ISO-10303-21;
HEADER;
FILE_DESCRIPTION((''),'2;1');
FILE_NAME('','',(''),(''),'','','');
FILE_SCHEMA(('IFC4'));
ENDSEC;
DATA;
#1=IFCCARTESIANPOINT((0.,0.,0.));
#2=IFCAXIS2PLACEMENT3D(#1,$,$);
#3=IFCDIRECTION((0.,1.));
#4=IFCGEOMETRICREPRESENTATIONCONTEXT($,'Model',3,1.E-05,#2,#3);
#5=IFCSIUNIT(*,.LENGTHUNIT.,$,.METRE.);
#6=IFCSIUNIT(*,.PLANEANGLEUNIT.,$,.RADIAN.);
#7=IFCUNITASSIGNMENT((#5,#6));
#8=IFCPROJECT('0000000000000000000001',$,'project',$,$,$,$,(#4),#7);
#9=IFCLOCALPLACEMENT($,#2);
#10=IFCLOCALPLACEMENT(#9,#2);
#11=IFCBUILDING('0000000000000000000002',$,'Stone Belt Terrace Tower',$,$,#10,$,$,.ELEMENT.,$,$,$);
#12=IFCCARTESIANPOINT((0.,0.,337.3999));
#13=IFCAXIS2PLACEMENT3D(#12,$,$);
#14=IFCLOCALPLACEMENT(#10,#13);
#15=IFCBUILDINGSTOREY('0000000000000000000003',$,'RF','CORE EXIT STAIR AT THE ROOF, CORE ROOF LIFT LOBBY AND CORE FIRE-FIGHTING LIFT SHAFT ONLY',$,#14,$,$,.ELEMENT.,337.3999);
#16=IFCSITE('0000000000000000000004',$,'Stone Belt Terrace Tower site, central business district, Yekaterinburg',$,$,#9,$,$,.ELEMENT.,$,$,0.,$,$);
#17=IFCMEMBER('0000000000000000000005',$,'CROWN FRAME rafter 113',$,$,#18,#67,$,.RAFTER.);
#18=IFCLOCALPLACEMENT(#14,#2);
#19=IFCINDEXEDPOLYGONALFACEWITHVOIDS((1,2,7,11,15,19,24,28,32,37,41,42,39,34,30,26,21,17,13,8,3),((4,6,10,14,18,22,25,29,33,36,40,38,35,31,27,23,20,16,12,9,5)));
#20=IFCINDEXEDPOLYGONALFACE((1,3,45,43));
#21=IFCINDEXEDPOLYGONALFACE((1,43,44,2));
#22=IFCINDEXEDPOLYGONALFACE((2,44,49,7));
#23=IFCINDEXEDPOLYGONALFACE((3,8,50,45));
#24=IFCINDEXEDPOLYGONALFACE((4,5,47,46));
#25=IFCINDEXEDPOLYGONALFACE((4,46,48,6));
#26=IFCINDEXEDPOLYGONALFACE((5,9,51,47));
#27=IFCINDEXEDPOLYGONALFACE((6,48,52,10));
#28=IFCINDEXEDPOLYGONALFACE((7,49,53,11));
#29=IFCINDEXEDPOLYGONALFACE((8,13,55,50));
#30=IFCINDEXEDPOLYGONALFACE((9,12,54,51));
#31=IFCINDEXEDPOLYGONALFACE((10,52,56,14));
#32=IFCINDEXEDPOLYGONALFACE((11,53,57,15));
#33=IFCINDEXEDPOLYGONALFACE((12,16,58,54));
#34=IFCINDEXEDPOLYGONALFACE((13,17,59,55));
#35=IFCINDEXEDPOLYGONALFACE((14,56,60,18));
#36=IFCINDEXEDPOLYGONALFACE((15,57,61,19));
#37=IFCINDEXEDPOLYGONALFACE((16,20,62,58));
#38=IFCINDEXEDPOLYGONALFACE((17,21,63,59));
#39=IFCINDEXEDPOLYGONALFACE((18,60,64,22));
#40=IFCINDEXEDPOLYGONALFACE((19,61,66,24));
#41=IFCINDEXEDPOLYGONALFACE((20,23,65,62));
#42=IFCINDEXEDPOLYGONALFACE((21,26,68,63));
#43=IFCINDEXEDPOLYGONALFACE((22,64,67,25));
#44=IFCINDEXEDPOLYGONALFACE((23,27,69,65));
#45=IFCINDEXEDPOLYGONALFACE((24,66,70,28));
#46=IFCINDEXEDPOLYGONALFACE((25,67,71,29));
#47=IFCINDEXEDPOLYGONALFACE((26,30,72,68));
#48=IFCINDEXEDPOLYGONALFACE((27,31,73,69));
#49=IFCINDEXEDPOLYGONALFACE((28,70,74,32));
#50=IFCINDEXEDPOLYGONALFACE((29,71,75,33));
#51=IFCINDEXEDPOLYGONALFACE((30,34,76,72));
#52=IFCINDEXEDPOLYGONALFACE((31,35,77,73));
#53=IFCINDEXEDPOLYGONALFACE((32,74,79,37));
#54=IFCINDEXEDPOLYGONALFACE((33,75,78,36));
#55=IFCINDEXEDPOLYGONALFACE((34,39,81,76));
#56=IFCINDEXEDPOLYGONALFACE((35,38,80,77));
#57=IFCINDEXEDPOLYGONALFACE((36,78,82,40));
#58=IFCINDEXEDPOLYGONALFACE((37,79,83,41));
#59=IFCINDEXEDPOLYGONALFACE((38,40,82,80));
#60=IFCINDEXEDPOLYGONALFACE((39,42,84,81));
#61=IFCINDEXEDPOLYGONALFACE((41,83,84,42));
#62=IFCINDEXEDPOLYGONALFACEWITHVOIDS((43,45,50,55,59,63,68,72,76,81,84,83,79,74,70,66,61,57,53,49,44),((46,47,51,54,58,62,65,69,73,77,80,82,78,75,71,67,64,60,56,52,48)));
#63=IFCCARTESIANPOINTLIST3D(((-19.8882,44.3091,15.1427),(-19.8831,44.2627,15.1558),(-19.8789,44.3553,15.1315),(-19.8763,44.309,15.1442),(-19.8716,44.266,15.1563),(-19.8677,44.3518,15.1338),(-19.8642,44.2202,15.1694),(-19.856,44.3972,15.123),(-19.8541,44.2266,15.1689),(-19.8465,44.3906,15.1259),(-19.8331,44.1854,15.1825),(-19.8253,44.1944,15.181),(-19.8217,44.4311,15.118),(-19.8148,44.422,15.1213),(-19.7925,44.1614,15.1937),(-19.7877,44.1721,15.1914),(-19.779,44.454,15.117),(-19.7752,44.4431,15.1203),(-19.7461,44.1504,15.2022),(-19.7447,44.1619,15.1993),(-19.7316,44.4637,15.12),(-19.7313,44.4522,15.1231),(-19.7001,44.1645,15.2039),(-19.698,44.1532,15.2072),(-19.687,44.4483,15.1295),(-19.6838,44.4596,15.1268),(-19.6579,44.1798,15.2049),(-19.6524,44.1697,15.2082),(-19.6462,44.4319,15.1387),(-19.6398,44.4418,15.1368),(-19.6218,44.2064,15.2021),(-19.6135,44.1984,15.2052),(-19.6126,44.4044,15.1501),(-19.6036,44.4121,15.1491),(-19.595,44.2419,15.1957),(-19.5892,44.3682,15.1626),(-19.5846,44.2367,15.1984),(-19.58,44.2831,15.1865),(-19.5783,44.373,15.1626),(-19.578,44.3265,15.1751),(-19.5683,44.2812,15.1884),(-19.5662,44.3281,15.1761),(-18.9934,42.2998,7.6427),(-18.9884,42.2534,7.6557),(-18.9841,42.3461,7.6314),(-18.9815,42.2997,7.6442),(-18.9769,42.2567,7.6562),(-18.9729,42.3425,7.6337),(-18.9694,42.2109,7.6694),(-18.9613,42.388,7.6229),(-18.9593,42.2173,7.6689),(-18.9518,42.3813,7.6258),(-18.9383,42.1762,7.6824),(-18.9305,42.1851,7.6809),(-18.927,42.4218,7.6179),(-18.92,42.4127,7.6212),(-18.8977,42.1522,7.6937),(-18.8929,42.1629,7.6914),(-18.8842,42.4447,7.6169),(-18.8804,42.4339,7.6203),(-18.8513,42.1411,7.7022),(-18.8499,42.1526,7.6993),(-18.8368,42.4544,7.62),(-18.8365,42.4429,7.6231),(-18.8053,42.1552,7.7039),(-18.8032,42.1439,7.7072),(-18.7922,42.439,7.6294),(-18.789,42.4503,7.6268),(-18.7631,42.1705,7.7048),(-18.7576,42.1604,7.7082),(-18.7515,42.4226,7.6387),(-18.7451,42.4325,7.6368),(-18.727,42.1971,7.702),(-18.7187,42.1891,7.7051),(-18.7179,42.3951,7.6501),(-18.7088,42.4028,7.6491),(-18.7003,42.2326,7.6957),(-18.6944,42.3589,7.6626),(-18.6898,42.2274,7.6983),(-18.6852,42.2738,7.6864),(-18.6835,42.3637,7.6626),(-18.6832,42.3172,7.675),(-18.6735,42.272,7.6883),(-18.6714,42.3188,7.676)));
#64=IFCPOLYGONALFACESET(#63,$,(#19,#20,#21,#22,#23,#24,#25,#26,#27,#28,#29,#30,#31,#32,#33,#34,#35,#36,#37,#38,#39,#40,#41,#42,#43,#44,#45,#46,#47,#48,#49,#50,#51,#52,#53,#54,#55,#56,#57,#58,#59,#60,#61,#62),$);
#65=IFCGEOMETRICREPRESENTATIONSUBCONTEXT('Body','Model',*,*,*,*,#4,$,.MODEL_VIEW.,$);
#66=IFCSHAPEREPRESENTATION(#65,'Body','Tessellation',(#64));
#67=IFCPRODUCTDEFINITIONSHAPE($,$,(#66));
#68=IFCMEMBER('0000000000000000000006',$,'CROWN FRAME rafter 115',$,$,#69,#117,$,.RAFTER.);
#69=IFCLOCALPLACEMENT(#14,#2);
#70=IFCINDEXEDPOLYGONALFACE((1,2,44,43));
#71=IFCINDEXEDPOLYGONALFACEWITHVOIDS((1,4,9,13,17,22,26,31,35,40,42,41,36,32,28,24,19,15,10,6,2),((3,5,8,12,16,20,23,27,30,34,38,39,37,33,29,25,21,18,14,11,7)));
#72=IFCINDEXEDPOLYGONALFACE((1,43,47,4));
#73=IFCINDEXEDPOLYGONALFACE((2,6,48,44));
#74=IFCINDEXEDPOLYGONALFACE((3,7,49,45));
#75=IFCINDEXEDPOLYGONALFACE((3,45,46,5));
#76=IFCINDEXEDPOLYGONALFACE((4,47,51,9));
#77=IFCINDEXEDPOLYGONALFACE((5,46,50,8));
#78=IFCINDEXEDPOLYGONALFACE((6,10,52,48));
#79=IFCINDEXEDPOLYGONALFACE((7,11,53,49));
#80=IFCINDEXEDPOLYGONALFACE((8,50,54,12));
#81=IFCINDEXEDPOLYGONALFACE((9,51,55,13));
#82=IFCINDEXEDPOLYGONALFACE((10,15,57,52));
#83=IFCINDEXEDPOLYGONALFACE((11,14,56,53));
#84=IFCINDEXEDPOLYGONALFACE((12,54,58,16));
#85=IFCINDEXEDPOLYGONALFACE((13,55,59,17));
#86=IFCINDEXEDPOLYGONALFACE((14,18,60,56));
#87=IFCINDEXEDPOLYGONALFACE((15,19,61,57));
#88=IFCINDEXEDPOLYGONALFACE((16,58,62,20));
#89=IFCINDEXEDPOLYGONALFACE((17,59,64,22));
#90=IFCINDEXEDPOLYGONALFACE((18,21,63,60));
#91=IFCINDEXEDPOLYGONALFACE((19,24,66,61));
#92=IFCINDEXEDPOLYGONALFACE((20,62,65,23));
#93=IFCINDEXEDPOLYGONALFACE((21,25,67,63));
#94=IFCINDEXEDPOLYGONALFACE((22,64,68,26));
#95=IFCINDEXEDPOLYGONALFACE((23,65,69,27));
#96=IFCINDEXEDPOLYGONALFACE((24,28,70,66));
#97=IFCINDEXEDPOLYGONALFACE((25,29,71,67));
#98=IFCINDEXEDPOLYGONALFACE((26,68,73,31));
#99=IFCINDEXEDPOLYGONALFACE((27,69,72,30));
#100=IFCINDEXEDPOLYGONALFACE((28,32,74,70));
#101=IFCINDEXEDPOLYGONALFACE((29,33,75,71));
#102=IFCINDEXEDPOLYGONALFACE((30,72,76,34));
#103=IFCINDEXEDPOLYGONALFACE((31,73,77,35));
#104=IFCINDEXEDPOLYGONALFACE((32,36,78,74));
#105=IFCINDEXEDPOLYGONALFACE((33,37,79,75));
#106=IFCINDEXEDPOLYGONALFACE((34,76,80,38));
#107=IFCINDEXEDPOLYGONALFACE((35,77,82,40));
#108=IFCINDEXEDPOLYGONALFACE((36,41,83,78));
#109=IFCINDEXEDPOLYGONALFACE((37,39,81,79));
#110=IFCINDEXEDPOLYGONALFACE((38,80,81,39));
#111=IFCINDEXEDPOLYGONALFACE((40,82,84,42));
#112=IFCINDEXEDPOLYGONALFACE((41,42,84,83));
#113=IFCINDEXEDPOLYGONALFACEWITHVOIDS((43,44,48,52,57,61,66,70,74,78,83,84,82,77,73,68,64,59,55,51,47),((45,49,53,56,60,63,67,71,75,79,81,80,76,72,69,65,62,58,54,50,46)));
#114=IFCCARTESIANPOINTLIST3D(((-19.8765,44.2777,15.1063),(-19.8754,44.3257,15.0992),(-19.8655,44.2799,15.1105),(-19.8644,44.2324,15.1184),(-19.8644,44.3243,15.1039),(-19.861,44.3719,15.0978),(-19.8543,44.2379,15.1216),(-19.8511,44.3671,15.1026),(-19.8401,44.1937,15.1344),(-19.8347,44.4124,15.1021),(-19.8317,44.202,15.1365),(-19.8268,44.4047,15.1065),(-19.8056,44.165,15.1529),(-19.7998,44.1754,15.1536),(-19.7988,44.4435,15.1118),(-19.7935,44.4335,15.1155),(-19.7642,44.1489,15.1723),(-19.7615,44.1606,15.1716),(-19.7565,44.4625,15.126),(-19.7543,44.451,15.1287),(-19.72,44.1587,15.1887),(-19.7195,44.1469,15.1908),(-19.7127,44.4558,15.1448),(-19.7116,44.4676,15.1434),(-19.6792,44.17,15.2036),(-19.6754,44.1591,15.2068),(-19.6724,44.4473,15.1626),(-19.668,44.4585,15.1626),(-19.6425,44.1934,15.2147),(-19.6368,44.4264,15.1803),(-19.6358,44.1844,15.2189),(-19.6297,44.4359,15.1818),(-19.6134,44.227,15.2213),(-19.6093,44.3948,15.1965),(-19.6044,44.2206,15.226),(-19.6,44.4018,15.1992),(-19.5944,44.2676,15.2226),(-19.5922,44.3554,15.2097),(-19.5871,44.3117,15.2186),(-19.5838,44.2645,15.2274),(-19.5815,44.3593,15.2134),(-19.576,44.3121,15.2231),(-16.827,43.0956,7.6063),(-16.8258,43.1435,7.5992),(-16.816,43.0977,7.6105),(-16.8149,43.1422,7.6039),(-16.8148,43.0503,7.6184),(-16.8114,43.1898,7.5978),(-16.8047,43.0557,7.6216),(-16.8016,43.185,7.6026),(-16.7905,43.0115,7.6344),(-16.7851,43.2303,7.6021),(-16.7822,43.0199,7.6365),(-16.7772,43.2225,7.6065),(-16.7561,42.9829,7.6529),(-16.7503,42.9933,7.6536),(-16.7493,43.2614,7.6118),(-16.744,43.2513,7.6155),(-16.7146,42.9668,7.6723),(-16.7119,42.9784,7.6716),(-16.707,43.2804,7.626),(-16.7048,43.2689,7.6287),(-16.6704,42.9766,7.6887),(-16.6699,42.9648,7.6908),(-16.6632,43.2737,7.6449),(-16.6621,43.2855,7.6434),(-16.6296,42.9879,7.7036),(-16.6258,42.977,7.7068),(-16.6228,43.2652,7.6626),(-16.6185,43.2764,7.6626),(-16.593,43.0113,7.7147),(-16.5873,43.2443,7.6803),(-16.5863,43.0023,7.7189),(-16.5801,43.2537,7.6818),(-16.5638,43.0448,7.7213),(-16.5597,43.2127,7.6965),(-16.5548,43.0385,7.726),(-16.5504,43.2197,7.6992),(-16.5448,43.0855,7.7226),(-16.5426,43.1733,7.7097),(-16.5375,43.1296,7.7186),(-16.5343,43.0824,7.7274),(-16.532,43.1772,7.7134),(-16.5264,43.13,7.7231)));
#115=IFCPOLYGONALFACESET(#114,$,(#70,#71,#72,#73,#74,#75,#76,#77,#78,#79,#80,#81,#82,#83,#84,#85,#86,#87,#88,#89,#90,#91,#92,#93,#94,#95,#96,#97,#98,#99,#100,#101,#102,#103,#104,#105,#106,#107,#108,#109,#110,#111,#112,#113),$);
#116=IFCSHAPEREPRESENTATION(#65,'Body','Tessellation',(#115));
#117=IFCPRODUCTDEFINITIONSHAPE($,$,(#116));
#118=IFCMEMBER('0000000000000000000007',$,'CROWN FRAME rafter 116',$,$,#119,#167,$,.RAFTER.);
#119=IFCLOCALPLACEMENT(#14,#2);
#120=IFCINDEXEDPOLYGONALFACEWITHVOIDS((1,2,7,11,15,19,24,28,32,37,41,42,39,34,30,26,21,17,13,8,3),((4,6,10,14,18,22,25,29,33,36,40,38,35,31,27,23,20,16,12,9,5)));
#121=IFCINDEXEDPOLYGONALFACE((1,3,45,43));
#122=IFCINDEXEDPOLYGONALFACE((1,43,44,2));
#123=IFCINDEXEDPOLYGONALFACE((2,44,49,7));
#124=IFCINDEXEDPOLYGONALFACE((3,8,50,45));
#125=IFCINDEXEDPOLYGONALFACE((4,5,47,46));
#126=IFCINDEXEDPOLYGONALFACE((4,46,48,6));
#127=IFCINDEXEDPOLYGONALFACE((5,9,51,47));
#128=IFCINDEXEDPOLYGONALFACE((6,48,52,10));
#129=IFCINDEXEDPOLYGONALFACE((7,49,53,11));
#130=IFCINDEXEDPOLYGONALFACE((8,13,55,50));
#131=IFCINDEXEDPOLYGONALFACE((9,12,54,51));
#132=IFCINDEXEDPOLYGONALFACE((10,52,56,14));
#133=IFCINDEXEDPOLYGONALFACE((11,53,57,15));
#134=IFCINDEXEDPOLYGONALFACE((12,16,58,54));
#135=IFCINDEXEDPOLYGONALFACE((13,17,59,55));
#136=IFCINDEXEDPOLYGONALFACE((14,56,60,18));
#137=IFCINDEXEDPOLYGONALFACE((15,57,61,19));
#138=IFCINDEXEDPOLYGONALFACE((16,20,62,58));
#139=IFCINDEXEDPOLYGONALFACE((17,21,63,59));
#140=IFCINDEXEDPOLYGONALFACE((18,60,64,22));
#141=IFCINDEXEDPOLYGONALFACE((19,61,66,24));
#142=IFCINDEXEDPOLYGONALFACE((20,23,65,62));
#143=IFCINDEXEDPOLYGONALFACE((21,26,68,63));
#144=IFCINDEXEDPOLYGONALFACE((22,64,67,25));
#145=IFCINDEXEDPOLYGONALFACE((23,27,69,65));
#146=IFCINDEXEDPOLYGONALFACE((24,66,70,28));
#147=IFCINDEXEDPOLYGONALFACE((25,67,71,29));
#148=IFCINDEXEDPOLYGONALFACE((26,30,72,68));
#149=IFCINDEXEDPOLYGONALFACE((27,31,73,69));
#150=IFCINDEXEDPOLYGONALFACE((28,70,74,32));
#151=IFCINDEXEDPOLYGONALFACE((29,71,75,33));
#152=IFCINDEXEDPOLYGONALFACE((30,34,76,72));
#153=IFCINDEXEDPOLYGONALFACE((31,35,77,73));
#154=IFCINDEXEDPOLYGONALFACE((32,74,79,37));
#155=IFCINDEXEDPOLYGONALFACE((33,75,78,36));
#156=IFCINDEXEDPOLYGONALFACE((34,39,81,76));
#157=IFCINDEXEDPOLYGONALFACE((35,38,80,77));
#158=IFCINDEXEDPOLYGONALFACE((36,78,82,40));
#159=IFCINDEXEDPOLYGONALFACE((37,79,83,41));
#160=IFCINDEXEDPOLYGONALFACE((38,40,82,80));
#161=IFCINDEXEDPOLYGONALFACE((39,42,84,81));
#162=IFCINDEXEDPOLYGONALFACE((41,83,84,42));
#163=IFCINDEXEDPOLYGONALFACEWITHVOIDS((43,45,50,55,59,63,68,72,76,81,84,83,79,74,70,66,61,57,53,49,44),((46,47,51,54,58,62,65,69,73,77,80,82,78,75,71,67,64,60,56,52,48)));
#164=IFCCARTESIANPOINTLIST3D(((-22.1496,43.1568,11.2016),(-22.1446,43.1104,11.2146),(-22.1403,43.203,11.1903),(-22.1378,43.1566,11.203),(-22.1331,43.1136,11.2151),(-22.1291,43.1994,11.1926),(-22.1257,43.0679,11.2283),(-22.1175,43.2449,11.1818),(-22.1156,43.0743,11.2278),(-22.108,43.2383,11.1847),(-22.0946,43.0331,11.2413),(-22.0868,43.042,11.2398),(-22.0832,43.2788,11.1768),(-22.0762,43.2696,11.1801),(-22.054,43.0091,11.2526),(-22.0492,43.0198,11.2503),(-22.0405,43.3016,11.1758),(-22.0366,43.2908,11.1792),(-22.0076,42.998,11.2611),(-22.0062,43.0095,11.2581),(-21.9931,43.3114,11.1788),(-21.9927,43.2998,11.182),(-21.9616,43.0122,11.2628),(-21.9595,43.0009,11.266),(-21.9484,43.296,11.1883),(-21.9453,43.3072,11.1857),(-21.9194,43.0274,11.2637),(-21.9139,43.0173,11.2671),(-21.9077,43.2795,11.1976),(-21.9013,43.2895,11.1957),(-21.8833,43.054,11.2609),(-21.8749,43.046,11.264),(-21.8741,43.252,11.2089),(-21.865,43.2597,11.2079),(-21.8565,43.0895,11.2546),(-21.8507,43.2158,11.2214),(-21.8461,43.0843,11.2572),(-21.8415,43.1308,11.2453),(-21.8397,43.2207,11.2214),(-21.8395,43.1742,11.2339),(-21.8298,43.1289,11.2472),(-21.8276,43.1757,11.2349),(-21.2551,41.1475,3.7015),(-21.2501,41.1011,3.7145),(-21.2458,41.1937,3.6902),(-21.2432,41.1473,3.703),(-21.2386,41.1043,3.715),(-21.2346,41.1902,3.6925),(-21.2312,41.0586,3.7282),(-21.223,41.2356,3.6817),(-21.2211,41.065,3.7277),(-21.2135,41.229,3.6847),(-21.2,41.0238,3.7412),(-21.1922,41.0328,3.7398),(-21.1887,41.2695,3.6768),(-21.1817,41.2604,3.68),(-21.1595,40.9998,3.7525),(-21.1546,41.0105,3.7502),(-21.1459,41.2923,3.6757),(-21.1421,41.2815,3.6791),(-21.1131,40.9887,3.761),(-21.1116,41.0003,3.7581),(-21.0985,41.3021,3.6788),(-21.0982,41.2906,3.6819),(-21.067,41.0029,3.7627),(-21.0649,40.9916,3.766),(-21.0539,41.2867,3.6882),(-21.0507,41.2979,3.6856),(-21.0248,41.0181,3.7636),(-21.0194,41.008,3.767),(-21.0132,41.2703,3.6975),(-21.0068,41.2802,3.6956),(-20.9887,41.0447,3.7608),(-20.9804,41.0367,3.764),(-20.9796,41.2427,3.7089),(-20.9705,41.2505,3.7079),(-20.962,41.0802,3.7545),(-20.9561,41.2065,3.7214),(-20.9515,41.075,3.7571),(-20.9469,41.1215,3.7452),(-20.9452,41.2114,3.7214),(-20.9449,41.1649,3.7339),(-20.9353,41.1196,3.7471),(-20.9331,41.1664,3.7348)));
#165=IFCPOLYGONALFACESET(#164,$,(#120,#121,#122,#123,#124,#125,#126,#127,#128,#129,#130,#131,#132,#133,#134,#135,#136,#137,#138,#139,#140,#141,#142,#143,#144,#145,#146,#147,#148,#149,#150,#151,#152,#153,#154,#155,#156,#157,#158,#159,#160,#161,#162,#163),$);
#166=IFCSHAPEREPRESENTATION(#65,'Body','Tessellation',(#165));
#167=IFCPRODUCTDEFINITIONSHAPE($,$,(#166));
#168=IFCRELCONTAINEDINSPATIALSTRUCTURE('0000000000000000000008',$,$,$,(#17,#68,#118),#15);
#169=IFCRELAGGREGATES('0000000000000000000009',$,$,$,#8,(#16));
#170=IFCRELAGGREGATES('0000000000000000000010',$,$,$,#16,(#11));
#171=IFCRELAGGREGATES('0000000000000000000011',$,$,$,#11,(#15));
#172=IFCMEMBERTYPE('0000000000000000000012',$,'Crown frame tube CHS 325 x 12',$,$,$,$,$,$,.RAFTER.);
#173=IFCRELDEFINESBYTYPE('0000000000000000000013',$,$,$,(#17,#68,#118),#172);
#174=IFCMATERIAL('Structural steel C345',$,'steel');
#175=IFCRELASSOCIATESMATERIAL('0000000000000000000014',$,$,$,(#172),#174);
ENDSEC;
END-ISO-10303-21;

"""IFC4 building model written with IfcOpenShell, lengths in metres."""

from ifc_helpers import new_model, si_unit, direction, frame, origin, origin_2d, place, context, subcontext, project, spatial, hollow_circle, extrude, material, material_profile, profile_set, type_object, element, save


model = new_model("IFC4")

# Units and contexts
model_context = context("Model", 3, precision=1e-05, world=origin(), true_north=direction((0.0, 1.0)))
body_context = subcontext(model_context, "Body", "Model", "MODEL_VIEW")
ifc_project = project(units=[si_unit("LENGTHUNIT", "METRE"), si_unit("PLANEANGLEUNIT", "RADIAN")], contexts=[model_context])

# Site, building, storey
site_placement = place(None, origin())
site = spatial("IfcSite", under=ifc_project, at=site_placement, Name="Stone Belt Terrace Tower site, central business district, Yekaterinburg", CompositionType="ELEMENT", RefElevation=0.0)
building_placement = place(site_placement, origin())
building = spatial("IfcBuilding", under=site, at=building_placement, Name="Stone Belt Terrace Tower", CompositionType="ELEMENT")
storey_placement = place(building_placement, frame((0.0, 0.0, 337.3999)))
storey = spatial("IfcBuildingStorey", under=building, at=storey_placement, Name="RF", Description="CORE EXIT STAIR AT THE ROOF, CORE ROOF LIFT LOBBY AND CORE FIRE-FIGHTING LIFT SHAFT ONLY", CompositionType="ELEMENT", Elevation=337.3999)

# Members
ifc_material_1 = material(Name="Structural steel C345", Category="steel")
ifc_material_profile_1 = material_profile(ifc_material_1, hollow_circle(Radius=0.1626, WallThickness=0.012, at=origin_2d()), Name="Structural steel C345 CHS 325x12")
ifc_profile_set_1 = profile_set([ifc_material_profile_1], Name="Structural steel C345")
member_type_1 = type_object("IfcMemberType", Name="Crown frame tube CHS 325 x 12", PredefinedType="RAFTER", material=ifc_profile_set_1)
member_1_placement = place(storey_placement, frame((-19.7268, 44.3069, 15.1626), z_axis=(0.114482, -0.257077, -0.959586), x_axis=(0.913514, 0.406808, 0.0)))
element("IfcMember", 1, at=member_1_placement, inside=storey, type_object=member_type_1, Name="CROWN FRAME rafter 113", PredefinedType="RAFTER", context=body_context, shape_type="SweptSolid", body=[
    extrude(hollow_circle(Radius=0.1626, WallThickness=0.012, at=origin_2d()), origin(), (0.0, 0.0, 1.0), 7.8159),
])
member_2_placement = place(storey_placement, frame((-19.7268, 44.3069, 15.1626), z_axis=(0.37271, -0.144477, -0.916632), x_axis=(0.361434, 0.932398, 0.0)))
element("IfcMember", 2, at=member_2_placement, inside=storey, type_object=member_type_1, Name="CROWN FRAME rafter 115", PredefinedType="RAFTER", context=body_context, shape_type="SweptSolid", body=[
    extrude(hollow_circle(Radius=0.1626, WallThickness=0.012, at=origin_2d()), origin(), (0.0, 0.0, 1.0), 8.1821),
])
member_3_placement = place(storey_placement, frame((-21.9883, 43.1545, 11.2214), z_axis=(0.114451, -0.257078, -0.95959), x_axis=(0.913555, 0.406715, 0.0)))
element("IfcMember", 3, at=member_3_placement, inside=storey, type_object=member_type_1, Name="CROWN FRAME rafter 116", PredefinedType="RAFTER", context=body_context, shape_type="SweptSolid", body=[
    extrude(hollow_circle(Radius=0.1626, WallThickness=0.012, at=origin_2d()), origin(), (0.0, 0.0, 1.0), 7.8159),
])

save(model, "model.ifc")
